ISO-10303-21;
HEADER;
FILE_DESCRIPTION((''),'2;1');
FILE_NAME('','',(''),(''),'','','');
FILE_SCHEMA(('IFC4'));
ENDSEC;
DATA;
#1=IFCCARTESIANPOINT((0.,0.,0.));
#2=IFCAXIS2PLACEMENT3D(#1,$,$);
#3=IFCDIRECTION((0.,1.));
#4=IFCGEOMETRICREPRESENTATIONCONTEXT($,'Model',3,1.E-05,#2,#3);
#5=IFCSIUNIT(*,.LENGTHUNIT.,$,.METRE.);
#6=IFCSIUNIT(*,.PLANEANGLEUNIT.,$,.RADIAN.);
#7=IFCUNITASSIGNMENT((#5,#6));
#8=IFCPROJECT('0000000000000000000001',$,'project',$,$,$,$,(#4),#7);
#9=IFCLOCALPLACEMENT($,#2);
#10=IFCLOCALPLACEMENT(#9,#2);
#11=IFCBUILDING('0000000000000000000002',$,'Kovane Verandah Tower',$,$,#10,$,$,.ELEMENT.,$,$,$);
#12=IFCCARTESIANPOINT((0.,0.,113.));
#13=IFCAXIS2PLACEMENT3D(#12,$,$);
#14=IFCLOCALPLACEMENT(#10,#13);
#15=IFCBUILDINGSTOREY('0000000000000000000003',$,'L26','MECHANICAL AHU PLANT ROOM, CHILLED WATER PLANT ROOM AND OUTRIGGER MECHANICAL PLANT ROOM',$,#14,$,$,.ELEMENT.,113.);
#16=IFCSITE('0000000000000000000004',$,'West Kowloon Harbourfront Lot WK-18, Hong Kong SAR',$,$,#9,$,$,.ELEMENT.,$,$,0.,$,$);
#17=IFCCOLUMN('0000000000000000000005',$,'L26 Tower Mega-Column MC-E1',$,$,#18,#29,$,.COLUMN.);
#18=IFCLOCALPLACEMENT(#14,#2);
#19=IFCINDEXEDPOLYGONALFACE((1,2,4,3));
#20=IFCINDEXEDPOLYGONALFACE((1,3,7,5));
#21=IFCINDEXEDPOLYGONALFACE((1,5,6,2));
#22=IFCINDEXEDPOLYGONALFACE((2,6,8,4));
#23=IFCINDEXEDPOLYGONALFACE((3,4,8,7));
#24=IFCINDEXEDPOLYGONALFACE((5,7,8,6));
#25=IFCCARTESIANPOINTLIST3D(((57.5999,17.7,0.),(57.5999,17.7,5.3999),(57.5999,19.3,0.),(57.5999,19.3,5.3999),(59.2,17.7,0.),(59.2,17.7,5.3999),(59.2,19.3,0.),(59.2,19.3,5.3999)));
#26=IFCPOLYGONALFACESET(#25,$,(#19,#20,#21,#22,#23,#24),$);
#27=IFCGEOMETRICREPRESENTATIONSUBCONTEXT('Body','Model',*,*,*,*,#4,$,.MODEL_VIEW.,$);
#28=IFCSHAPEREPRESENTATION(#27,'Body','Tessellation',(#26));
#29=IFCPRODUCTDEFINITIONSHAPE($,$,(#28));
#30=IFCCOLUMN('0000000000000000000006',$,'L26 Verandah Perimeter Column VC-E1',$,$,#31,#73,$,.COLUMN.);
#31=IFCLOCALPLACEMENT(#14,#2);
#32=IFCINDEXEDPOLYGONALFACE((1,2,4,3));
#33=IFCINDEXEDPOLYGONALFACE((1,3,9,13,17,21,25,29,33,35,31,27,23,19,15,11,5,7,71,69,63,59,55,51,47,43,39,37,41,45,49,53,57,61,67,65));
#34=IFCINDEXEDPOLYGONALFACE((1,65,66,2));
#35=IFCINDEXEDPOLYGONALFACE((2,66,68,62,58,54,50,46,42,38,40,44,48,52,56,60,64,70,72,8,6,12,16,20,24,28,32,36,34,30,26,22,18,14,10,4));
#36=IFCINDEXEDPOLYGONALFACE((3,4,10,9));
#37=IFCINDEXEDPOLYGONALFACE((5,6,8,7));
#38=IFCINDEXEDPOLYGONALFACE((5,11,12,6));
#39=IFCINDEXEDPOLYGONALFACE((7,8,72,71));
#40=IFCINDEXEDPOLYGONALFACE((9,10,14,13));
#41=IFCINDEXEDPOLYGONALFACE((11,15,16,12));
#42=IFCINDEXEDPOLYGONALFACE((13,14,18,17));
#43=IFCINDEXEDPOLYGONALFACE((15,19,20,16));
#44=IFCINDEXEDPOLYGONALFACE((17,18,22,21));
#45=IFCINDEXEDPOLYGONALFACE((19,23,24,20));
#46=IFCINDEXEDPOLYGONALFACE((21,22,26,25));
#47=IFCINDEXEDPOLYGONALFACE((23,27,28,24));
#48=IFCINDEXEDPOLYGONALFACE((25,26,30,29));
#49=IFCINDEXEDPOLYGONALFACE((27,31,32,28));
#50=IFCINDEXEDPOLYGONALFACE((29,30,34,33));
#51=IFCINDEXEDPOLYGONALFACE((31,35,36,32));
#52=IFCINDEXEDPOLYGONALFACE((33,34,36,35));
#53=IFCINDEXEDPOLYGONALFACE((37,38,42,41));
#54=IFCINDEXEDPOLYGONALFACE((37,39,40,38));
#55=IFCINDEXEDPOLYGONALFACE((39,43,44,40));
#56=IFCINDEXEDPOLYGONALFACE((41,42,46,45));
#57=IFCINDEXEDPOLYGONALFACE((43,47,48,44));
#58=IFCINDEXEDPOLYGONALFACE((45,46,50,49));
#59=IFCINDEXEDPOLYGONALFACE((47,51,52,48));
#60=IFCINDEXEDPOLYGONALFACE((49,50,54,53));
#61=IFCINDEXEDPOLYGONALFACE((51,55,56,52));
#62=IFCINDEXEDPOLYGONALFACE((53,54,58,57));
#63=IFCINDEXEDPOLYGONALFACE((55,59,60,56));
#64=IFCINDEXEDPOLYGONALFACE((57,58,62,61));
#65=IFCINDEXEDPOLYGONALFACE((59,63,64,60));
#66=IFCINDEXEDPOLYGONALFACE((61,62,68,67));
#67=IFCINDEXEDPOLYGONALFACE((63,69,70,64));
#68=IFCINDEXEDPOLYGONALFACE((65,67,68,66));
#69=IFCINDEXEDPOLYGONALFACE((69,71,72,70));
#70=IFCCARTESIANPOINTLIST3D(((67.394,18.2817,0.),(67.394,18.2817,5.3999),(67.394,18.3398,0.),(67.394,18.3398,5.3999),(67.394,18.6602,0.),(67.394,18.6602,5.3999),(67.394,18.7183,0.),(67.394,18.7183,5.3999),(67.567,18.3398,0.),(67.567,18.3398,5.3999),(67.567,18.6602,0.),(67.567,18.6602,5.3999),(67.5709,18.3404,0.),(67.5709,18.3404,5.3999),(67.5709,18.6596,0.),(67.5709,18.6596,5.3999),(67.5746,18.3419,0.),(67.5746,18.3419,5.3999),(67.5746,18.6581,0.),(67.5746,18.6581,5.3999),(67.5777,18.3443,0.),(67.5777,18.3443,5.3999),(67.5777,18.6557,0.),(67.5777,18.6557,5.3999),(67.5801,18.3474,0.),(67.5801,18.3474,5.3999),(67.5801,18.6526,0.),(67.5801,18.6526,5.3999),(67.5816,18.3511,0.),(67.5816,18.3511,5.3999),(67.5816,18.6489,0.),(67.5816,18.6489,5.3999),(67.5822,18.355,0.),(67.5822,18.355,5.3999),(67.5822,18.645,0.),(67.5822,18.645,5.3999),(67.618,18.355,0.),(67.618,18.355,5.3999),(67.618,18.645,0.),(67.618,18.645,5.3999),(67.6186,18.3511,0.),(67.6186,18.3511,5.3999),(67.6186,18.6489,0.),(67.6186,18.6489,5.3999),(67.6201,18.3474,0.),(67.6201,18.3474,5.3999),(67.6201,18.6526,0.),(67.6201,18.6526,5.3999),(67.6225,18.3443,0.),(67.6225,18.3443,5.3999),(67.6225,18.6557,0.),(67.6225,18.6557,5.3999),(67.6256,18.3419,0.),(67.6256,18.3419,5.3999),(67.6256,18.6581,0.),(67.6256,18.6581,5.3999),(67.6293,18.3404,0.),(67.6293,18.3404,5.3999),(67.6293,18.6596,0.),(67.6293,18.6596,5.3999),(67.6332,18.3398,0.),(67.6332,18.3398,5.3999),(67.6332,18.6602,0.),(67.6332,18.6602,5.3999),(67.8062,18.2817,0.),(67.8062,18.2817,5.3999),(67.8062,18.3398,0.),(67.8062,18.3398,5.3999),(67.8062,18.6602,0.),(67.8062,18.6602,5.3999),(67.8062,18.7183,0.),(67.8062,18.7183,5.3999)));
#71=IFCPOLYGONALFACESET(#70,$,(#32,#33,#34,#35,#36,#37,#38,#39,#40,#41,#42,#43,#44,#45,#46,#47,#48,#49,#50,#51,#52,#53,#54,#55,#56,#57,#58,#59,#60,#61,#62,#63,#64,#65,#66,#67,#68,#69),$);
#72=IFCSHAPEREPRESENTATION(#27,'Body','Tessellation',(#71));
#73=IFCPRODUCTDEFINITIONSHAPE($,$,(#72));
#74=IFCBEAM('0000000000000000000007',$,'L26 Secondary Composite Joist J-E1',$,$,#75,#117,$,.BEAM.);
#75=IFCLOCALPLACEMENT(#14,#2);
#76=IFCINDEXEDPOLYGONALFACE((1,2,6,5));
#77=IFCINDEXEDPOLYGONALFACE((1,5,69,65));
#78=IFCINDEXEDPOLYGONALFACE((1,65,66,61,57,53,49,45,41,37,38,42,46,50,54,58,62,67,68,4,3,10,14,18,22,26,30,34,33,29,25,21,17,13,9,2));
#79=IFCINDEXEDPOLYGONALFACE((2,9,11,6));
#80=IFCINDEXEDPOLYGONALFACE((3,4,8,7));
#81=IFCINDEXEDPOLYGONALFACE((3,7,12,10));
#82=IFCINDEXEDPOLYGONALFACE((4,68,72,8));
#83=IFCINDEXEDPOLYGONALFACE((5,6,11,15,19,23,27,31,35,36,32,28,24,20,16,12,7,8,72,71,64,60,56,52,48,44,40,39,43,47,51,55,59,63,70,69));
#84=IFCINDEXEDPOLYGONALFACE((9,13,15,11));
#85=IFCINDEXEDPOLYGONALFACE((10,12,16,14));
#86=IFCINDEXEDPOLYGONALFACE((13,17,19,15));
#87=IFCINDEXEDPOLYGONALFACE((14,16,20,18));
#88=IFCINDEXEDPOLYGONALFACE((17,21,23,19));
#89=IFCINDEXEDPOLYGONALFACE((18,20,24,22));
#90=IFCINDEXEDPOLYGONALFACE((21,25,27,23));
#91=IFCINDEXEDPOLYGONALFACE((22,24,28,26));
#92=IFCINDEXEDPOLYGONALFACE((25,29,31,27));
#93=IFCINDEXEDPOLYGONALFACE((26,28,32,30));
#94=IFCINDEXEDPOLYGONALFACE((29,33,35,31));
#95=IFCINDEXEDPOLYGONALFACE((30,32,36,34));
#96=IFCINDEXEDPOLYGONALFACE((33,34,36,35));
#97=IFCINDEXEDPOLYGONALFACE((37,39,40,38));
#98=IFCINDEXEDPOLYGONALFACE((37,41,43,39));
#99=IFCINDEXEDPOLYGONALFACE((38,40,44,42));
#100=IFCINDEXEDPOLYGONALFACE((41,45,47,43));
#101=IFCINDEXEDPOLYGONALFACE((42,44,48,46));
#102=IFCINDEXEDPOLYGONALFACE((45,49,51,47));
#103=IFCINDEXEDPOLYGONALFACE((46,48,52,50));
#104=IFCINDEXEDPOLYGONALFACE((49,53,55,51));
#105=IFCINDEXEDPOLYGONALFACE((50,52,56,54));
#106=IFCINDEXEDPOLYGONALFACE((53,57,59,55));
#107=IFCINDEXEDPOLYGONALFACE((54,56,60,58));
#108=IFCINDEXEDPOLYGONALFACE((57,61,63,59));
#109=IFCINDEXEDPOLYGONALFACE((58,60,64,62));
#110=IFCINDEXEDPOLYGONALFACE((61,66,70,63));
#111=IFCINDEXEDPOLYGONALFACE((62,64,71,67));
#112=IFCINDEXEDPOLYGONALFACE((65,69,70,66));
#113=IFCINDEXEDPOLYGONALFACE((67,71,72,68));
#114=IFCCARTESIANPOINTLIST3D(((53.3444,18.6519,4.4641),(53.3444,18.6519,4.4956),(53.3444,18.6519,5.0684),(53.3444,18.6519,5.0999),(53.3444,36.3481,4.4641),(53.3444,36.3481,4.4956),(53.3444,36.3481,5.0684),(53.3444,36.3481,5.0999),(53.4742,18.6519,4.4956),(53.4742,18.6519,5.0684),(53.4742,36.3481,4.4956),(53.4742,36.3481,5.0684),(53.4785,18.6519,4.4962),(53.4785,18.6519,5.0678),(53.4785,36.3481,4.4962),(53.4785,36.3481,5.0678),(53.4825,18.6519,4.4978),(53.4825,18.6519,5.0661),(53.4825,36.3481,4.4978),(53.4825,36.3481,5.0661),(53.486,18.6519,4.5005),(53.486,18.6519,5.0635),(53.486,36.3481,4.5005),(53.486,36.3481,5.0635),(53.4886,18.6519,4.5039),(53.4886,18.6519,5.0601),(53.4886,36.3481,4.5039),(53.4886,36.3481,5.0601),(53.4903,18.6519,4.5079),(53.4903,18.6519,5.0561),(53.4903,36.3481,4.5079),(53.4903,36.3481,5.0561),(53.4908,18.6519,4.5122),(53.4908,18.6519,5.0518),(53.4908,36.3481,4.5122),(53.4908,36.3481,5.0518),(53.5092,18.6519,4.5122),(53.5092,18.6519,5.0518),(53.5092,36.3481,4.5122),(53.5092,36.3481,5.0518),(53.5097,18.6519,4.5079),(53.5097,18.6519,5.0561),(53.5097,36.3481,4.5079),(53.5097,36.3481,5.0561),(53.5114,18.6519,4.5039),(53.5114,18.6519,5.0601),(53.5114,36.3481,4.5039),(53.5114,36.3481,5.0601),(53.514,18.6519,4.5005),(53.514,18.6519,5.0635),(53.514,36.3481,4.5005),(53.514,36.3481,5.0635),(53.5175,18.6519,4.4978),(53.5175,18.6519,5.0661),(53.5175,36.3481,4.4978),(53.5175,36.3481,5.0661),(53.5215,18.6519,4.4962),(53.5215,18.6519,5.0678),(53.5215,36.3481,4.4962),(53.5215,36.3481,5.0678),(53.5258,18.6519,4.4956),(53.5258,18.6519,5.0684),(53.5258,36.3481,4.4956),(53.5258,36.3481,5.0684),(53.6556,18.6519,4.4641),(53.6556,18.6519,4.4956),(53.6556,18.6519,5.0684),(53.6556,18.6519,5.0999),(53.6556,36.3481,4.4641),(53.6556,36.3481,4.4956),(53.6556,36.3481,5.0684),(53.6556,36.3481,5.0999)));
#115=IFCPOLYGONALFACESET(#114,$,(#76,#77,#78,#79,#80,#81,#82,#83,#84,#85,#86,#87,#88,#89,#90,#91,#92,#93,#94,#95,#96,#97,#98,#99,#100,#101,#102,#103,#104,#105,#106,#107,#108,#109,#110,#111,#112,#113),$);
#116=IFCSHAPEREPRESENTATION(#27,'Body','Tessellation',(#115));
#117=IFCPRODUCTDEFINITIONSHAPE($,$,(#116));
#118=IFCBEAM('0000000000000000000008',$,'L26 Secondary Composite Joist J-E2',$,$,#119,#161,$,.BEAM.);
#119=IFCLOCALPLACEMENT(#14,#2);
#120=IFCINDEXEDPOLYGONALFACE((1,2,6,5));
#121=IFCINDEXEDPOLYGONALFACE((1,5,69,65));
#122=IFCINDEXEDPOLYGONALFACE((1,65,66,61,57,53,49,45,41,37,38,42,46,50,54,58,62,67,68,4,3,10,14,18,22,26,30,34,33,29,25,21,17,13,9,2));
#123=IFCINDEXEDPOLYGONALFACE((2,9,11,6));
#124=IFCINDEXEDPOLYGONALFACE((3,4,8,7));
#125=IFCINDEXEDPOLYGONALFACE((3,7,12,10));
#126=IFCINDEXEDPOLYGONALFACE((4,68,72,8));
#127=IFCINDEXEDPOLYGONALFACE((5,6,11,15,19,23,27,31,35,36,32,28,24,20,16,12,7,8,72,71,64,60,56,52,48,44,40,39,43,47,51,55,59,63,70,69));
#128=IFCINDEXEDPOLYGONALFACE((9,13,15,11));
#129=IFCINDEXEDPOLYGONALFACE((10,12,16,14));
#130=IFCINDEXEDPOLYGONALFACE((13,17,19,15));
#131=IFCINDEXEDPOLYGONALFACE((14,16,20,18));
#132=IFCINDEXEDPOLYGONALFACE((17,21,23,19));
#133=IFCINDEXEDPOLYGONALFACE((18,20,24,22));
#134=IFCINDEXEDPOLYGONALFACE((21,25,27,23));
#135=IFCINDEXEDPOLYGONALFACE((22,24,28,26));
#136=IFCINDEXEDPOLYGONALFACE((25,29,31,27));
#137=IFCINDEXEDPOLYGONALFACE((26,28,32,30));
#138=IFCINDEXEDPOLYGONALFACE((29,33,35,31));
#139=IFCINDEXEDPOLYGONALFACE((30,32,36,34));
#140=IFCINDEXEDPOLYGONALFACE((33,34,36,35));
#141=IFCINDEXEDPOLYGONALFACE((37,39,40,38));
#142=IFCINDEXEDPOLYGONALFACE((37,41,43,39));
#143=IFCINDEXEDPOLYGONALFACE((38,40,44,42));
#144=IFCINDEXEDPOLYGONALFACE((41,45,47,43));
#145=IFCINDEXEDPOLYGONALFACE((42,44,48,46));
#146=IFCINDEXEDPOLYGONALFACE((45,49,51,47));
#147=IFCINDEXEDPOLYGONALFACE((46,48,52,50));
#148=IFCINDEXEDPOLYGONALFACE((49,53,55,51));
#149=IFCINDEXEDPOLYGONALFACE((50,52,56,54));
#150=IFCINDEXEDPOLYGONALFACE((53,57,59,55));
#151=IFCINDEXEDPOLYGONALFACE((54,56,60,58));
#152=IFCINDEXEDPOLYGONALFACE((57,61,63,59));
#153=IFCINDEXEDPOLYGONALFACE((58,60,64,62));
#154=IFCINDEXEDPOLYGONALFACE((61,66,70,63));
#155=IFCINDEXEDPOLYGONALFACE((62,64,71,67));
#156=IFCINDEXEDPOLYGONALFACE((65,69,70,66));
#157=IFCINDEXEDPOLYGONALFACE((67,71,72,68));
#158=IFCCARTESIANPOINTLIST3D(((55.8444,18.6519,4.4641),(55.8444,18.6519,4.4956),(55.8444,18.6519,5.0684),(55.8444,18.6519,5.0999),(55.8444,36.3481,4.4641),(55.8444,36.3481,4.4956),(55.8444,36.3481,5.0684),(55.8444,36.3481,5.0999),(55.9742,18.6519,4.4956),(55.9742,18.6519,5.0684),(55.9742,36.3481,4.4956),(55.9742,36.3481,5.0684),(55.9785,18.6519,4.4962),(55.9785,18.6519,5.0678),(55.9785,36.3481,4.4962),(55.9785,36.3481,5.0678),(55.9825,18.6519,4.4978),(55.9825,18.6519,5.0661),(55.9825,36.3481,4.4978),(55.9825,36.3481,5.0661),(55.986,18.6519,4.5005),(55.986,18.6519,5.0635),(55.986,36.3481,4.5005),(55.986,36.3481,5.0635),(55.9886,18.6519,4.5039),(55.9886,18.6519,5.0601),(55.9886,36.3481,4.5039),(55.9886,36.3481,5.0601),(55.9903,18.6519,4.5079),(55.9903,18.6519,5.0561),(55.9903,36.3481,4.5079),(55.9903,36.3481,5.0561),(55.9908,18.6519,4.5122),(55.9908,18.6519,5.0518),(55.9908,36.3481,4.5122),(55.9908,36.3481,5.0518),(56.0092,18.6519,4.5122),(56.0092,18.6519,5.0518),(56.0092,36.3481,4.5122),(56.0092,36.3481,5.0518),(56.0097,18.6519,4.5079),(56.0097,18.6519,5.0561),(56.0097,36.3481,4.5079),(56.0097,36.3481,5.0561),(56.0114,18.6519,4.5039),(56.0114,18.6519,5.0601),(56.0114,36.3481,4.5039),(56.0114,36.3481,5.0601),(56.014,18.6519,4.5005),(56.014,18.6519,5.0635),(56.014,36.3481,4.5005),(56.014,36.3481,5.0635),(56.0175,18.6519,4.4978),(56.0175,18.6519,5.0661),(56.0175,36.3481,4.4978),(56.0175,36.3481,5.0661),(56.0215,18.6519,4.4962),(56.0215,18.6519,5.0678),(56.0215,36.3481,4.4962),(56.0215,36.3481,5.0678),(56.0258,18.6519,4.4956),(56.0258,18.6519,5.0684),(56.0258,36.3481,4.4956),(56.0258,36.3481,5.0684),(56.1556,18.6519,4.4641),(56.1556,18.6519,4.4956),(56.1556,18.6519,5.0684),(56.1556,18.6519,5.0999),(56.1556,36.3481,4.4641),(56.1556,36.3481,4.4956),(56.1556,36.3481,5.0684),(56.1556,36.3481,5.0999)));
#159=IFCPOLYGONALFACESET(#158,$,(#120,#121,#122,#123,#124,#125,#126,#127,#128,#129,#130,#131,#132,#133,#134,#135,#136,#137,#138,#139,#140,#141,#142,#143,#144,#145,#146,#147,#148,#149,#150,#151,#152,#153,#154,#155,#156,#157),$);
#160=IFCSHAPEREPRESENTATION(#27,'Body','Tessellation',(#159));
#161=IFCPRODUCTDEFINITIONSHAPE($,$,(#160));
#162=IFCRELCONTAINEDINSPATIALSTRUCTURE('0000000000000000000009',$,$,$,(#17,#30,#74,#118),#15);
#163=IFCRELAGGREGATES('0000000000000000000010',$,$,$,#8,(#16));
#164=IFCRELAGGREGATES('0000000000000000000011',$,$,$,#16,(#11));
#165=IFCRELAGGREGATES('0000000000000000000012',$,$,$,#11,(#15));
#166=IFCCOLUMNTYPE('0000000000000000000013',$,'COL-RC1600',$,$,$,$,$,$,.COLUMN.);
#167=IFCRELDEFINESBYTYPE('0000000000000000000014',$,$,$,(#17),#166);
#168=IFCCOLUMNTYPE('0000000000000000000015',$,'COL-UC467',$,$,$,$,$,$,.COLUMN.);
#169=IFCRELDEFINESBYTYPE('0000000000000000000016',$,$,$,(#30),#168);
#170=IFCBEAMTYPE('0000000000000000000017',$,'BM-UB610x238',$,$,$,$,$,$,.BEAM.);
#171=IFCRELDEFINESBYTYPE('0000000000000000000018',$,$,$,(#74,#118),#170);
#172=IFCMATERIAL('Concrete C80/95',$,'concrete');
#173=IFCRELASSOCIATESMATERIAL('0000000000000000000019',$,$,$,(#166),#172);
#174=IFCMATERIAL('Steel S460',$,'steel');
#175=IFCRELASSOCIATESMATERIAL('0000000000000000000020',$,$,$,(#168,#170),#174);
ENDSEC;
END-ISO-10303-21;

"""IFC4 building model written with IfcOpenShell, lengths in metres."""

from ifc_helpers import new_model, si_unit, direction, frame, origin, origin_2d, place, context, subcontext, project, spatial, rectangle, i_section, extrude, material, material_profile, profile_set, type_object, element, save


model = new_model("IFC4")

# Units and contexts
model_context = context("Model", 3, precision=1e-05, world=origin(), true_north=direction((0.0, 1.0)))
body_context = subcontext(model_context, "Body", "Model", "MODEL_VIEW")
ifc_project = project(units=[si_unit("LENGTHUNIT", "METRE"), si_unit("PLANEANGLEUNIT", "RADIAN")], contexts=[model_context])

# Site, building, storey
site_placement = place(None, origin())
site = spatial("IfcSite", under=ifc_project, at=site_placement, Name="West Kowloon Harbourfront Lot WK-18, Hong Kong SAR", CompositionType="ELEMENT", RefElevation=0.0)
building_placement = place(site_placement, origin())
building = spatial("IfcBuilding", under=site, at=building_placement, Name="Kovane Verandah Tower", CompositionType="ELEMENT")
storey_placement = place(building_placement, frame((0.0, 0.0, 113.0)))
storey = spatial("IfcBuildingStorey", under=building, at=storey_placement, Name="L26", Description="MECHANICAL AHU PLANT ROOM, CHILLED WATER PLANT ROOM AND OUTRIGGER MECHANICAL PLANT ROOM", CompositionType="ELEMENT", Elevation=113.0)

# Columns
ifc_material_1 = material(Name="Concrete C80/95", Category="concrete")
ifc_material_profile_1 = material_profile(ifc_material_1, rectangle(XDim=1.6001, YDim=1.6001, at=origin_2d()), Name="RC1600x1600")
ifc_profile_set_1 = profile_set([ifc_material_profile_1], Name="Concrete C80/95")
column_type_1 = type_object("IfcColumnType", Name="COL-RC1600", PredefinedType="COLUMN", material=ifc_profile_set_1)
column_1_placement = place(storey_placement, frame((58.3999, 18.5, 0.0), z_axis=(0.0, 0.0, 1.0), x_axis=(1.0, 0.0, 0.0)))
element("IfcColumn", 1, at=column_1_placement, inside=storey, type_object=column_type_1, Name="L26 Tower Mega-Column MC-E1", PredefinedType="COLUMN", context=body_context, shape_type="SweptSolid", body=[
    extrude(rectangle(XDim=1.6001, YDim=1.6001, at=origin_2d()), origin(), (0.0, 0.0, 1.0), 5.3999),
])
ifc_material_2 = material(Name="Steel S460", Category="steel")
ifc_material_profile_2 = material_profile(ifc_material_2, i_section(OverallWidth=0.4121, OverallDepth=0.4365, WebThickness=0.0359, FlangeThickness=0.0581, FilletRadius=0.0151, at=origin_2d()), Name="UC356x406x467")
ifc_profile_set_2 = profile_set([ifc_material_profile_2], Name="Steel S460")
column_type_2 = type_object("IfcColumnType", Name="COL-UC467", PredefinedType="COLUMN", material=ifc_profile_set_2)
column_2_placement = place(storey_placement, frame((67.6001, 18.5, 0.0), z_axis=(0.0, 0.0, 1.0), x_axis=(1.0, 0.0, 0.0)))
element("IfcColumn", 2, at=column_2_placement, inside=storey, type_object=column_type_2, Name="L26 Verandah Perimeter Column VC-E1", PredefinedType="COLUMN", context=body_context, shape_type="SweptSolid", body=[
    extrude(i_section(OverallWidth=0.4121, OverallDepth=0.4365, WebThickness=0.0359, FlangeThickness=0.0581, FilletRadius=0.0151, at=origin_2d()), origin(), (0.0, 0.0, 1.0), 5.3999),
])

# Beams
ifc_material_profile_3 = material_profile(ifc_material_2, i_section(OverallWidth=0.3113, OverallDepth=0.6357, WebThickness=0.0183, FlangeThickness=0.0315, FilletRadius=0.0166, at=origin_2d()), Name="UB610x305x238")
ifc_profile_set_3 = profile_set([ifc_material_profile_3], Name="Steel S460")
beam_type_1 = type_object("IfcBeamType", Name="BM-UB610x238", PredefinedType="BEAM", material=ifc_profile_set_3)
for number, where, z_axis, x_axis, name in (
    (3, (53.5, 18.6519, 4.782), (0.0, 1.0, 0.0), (-1.0, 0.0, 0.0), "L26 Secondary Composite Joist J-E1"),
    (4, (56.0, 18.6519, 4.782), (0.0, 1.0, 0.0), (-1.0, 0.0, 0.0), "L26 Secondary Composite Joist J-E2"),
):
    element("IfcBeam", number, at=place(storey_placement, frame(where, z_axis=z_axis, x_axis=x_axis)), inside=storey, type_object=beam_type_1, Name=name, PredefinedType="BEAM", context=body_context, shape_type="SweptSolid", body=[
        extrude(i_section(OverallWidth=0.3113, OverallDepth=0.6357, WebThickness=0.0183, FlangeThickness=0.0315, FilletRadius=0.0166, at=origin_2d()), origin(), (0.0, 0.0, 1.0), 17.6963),
    ])

save(model, "model.ifc")
